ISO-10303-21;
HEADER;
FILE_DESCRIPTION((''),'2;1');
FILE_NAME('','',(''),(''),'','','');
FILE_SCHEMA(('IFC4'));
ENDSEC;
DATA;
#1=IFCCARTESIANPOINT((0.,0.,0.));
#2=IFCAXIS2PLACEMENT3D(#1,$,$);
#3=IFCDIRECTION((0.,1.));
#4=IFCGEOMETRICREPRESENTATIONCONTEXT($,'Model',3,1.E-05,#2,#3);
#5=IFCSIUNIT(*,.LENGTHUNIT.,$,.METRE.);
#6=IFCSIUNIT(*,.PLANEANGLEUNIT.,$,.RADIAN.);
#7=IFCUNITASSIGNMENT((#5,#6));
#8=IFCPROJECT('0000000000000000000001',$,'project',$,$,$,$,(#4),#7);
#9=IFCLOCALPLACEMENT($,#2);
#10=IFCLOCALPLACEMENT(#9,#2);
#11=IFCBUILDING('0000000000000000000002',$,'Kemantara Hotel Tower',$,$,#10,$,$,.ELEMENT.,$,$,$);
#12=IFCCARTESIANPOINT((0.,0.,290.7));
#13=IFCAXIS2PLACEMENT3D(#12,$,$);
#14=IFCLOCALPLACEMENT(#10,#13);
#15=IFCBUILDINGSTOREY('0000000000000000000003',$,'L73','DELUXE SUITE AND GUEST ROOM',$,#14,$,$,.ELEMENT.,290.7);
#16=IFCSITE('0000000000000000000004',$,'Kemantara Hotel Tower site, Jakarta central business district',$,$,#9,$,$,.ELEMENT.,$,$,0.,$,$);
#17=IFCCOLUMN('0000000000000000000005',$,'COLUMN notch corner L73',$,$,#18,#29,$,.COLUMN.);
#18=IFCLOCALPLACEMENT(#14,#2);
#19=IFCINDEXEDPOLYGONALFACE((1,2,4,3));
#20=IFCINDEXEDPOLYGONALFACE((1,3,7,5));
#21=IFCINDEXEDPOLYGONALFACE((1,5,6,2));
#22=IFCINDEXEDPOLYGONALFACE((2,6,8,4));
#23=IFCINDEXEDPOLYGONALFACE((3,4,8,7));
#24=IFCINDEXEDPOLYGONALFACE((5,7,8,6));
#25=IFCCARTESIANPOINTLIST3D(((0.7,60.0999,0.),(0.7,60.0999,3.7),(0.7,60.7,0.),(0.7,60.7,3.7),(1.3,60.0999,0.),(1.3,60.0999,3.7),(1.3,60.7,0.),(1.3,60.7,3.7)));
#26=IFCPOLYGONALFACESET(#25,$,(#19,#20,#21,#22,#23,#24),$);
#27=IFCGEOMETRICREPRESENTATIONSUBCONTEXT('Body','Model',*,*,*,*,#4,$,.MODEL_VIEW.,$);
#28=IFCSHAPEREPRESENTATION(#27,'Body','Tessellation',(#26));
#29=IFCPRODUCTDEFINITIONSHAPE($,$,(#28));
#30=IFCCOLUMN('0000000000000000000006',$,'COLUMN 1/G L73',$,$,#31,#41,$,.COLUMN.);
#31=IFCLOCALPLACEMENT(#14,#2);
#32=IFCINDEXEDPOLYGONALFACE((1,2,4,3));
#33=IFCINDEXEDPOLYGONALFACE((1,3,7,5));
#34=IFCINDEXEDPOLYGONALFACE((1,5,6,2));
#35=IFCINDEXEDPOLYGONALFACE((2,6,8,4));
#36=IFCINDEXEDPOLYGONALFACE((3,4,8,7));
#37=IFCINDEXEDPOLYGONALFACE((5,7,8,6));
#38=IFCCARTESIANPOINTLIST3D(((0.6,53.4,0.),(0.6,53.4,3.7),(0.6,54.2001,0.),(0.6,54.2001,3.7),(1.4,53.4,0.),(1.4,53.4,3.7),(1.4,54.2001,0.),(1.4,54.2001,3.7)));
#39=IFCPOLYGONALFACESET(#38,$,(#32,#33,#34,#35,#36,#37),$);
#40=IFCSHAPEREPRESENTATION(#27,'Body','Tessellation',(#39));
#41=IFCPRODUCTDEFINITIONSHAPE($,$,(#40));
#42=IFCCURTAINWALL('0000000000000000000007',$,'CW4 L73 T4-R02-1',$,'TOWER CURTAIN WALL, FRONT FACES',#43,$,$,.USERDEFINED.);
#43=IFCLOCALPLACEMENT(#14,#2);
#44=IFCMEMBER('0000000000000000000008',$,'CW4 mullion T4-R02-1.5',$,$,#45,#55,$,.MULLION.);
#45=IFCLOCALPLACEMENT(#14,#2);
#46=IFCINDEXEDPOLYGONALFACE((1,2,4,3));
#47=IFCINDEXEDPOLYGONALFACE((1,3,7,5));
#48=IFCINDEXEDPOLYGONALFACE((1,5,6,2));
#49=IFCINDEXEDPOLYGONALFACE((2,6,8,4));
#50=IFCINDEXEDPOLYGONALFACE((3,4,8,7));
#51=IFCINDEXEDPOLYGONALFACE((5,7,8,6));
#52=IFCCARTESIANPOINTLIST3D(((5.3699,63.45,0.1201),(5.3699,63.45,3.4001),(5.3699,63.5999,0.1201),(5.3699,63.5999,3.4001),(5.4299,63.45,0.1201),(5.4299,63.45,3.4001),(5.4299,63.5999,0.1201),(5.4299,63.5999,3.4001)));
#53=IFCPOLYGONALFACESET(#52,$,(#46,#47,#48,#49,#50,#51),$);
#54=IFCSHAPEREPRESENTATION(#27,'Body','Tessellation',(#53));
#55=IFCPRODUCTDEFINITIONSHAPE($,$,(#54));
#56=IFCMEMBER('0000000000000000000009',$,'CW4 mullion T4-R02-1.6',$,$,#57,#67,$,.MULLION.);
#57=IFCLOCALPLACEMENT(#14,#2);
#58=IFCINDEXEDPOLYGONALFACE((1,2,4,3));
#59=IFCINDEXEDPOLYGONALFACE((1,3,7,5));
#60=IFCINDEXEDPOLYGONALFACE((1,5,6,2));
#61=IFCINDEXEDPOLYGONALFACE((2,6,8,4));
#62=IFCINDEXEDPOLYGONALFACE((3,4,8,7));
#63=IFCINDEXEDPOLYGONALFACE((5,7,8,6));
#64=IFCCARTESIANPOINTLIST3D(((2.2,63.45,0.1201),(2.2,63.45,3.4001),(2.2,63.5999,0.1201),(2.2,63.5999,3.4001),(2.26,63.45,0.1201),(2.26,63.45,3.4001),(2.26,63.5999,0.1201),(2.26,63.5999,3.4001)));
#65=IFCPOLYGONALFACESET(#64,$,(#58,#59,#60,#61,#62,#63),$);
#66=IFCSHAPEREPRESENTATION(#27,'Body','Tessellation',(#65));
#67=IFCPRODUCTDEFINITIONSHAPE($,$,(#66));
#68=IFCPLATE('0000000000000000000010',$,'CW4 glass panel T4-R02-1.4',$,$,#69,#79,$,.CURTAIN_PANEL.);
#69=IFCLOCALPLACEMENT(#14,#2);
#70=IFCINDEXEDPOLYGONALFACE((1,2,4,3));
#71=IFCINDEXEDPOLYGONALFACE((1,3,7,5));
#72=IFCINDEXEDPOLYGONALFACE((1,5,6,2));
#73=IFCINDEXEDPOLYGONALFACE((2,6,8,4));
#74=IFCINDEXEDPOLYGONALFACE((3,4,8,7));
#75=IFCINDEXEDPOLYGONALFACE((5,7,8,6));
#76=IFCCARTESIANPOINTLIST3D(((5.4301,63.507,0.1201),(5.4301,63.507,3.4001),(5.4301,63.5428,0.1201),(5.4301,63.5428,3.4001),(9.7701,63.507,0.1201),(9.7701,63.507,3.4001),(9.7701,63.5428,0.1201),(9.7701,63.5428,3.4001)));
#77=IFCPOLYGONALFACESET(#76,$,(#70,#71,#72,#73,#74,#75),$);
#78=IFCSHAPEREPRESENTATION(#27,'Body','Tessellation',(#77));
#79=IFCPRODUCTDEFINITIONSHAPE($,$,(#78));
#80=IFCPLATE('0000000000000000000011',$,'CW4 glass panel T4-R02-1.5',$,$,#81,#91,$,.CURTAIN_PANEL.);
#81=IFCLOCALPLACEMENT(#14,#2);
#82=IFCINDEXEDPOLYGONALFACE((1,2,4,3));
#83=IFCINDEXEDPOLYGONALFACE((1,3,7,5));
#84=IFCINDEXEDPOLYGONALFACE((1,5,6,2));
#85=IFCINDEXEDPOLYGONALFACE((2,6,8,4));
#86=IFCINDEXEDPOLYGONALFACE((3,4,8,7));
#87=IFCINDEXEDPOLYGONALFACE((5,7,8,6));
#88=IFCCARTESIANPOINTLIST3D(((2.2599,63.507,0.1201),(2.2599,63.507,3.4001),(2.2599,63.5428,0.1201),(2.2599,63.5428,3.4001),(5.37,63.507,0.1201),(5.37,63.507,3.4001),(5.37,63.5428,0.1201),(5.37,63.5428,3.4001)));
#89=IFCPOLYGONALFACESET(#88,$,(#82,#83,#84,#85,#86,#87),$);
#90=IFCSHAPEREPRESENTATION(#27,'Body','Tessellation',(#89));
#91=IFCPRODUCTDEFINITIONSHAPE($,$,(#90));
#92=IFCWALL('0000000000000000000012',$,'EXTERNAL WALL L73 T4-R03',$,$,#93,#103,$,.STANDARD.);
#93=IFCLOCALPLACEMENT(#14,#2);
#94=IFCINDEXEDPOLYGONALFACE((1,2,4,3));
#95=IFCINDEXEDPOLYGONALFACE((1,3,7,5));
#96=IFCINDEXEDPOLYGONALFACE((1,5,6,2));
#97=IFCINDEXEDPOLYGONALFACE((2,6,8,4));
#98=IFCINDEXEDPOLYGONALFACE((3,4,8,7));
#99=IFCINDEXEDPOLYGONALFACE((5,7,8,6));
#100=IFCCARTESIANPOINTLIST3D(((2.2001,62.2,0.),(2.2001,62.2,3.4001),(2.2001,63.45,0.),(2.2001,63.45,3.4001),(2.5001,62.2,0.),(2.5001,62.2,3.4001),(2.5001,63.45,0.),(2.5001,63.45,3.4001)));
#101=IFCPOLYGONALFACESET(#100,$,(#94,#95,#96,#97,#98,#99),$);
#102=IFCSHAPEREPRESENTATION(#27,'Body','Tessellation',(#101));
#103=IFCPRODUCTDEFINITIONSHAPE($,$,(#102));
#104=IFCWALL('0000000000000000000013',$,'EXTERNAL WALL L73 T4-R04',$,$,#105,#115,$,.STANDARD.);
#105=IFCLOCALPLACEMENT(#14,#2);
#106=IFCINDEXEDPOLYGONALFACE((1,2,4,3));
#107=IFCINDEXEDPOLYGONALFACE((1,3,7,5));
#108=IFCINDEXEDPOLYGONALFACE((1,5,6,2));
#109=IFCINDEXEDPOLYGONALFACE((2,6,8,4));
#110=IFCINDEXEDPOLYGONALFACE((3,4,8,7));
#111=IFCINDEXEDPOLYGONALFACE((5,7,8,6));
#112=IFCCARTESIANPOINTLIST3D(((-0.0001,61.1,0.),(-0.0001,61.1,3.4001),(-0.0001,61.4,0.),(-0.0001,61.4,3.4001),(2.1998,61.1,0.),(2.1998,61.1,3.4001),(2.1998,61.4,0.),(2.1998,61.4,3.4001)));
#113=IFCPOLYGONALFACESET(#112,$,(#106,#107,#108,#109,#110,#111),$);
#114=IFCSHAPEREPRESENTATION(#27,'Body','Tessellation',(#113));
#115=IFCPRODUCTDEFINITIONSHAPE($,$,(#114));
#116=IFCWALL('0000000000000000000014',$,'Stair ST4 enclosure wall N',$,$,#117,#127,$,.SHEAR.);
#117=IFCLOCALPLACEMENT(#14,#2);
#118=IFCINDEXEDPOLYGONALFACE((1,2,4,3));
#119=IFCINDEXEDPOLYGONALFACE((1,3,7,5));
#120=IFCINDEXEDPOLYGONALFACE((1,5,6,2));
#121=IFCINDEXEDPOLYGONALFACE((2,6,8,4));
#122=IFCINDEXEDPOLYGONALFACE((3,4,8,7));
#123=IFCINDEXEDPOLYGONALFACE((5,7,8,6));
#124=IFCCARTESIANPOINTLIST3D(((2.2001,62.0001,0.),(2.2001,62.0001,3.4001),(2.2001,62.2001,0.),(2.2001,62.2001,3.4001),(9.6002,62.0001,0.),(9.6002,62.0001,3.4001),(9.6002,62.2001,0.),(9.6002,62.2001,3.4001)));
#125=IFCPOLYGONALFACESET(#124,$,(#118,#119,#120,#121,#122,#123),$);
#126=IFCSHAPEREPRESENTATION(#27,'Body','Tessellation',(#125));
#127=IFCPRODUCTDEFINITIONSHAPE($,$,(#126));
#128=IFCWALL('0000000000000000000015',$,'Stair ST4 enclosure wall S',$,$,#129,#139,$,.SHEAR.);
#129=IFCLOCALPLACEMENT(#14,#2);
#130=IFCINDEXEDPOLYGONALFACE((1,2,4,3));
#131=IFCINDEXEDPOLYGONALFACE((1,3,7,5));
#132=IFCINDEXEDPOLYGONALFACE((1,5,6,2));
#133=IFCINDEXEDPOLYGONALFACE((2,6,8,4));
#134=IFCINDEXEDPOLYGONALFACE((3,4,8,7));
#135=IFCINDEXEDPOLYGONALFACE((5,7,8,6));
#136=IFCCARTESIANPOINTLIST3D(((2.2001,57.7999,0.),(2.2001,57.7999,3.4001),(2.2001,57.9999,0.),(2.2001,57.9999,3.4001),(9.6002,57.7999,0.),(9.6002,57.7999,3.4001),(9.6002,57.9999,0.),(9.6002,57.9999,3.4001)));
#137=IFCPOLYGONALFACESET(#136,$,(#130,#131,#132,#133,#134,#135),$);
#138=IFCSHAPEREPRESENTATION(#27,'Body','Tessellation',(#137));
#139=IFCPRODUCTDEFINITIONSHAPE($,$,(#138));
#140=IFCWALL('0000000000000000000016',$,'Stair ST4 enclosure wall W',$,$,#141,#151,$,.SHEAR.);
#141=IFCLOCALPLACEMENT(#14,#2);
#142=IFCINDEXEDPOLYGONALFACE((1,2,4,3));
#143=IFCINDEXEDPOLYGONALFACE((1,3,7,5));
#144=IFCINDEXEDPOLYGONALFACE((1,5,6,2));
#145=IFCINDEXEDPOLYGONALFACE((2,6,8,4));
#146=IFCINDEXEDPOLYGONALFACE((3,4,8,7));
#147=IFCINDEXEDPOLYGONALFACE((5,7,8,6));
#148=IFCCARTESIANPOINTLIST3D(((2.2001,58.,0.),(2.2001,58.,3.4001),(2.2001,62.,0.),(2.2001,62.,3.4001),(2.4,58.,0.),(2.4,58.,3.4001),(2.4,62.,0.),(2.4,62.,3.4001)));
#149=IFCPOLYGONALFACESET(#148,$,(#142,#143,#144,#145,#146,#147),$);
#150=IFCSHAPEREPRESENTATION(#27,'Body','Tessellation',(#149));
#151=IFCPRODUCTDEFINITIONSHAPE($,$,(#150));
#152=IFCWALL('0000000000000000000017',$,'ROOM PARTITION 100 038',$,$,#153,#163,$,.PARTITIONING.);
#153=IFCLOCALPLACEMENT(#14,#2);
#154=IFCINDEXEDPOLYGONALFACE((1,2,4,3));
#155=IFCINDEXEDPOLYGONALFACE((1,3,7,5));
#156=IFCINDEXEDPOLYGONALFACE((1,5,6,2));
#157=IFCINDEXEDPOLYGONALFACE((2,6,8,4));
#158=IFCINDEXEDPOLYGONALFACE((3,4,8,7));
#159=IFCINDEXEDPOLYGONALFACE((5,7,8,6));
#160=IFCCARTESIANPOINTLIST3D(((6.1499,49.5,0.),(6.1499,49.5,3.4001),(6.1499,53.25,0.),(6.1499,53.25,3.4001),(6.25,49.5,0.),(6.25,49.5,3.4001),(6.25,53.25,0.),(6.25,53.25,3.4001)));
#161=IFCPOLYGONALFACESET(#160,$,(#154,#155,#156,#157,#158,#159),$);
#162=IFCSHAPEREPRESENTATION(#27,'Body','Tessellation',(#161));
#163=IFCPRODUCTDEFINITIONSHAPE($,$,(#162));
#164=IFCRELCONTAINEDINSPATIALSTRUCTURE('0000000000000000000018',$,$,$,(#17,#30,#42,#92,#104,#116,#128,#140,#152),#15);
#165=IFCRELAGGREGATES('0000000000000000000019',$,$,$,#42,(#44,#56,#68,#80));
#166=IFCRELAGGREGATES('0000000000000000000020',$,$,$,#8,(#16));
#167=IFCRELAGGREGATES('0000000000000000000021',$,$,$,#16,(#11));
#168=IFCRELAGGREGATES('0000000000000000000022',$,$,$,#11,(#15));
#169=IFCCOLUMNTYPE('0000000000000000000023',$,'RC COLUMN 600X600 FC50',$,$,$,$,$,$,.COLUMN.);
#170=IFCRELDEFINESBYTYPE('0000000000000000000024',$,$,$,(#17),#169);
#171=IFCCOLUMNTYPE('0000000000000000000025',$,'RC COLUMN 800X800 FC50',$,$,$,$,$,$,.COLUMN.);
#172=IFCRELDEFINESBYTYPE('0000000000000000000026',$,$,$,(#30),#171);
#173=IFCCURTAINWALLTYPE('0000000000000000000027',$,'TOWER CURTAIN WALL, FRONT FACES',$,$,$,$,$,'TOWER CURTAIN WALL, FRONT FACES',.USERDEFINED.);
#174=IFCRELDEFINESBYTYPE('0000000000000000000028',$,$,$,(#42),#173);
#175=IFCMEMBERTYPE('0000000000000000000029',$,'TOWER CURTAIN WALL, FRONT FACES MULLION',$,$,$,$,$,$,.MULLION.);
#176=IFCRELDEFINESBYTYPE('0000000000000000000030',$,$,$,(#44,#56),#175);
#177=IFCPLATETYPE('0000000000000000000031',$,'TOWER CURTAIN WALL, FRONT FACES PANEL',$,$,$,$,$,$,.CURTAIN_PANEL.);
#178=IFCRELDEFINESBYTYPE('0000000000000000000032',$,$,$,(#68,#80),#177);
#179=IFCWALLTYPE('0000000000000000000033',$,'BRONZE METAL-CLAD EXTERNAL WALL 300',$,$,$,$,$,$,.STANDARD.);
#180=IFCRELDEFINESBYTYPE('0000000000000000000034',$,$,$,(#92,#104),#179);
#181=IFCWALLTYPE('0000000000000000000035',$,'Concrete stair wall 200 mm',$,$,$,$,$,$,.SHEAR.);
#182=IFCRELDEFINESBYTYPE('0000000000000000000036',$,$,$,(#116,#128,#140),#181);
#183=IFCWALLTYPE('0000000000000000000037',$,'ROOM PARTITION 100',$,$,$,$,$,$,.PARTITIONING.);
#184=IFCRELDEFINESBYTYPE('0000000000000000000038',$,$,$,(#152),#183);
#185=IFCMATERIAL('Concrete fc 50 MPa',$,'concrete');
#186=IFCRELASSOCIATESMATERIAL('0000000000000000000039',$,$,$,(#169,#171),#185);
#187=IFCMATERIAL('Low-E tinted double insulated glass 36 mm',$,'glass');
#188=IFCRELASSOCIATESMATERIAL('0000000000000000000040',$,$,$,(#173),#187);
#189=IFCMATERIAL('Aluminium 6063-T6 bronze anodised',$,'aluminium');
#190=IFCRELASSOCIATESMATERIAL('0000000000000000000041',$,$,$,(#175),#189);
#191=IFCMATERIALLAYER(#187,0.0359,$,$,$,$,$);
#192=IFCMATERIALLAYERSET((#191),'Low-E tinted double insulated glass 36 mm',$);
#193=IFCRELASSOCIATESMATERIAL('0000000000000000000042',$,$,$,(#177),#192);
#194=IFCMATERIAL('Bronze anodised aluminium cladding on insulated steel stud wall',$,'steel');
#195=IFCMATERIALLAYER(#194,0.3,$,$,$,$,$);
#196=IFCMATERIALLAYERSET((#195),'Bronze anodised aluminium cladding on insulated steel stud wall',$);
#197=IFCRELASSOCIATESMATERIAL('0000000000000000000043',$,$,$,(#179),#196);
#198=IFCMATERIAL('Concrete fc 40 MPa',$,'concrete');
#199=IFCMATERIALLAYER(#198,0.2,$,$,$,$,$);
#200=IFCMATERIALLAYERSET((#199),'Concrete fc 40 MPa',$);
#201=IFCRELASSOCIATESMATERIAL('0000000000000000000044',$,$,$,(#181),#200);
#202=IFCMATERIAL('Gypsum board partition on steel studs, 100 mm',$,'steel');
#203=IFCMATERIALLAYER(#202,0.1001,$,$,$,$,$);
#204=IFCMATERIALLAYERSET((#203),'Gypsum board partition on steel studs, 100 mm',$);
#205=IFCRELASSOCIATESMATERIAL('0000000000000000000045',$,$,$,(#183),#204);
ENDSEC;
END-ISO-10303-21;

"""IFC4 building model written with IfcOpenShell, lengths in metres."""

from ifc_helpers import new_model, si_unit, direction, frame, frame_2d, origin, origin_2d, place, context, subcontext, project, spatial, rectangle, extrude, source, transform, mapped, material, layer, layer_set, material_profile, profile_set, type_object, element, aggregate, save


model = new_model("IFC4")

# Units and contexts
model_context = context("Model", 3, precision=1e-05, world=origin(), true_north=direction((0.0, 1.0)))
body_context = subcontext(model_context, "Body", "Model", "MODEL_VIEW")
ifc_project = project(units=[si_unit("LENGTHUNIT", "METRE"), si_unit("PLANEANGLEUNIT", "RADIAN")], contexts=[model_context])

# Site, building, storey
site_placement = place(None, origin())
site = spatial("IfcSite", under=ifc_project, at=site_placement, Name="Kemantara Hotel Tower site, Jakarta central business district", CompositionType="ELEMENT", RefElevation=0.0)
building_placement = place(site_placement, origin())
building = spatial("IfcBuilding", under=site, at=building_placement, Name="Kemantara Hotel Tower", CompositionType="ELEMENT")
storey_placement = place(building_placement, frame((0.0, 0.0, 290.7)))
storey = spatial("IfcBuildingStorey", under=building, at=storey_placement, Name="L73", Description="DELUXE SUITE AND GUEST ROOM", CompositionType="ELEMENT", Elevation=290.7)

# Columns
ifc_material_1 = material(Name="Concrete fc 50 MPa", Category="concrete")
ifc_material_profile_1 = material_profile(ifc_material_1, rectangle(XDim=0.6001, YDim=0.6001, at=origin_2d()), Name="RC 600X600")
ifc_profile_set_1 = profile_set([ifc_material_profile_1], Name="Concrete fc 50 MPa")
column_type_1 = type_object("IfcColumnType", Name="RC COLUMN 600X600 FC50", PredefinedType="COLUMN", material=ifc_profile_set_1)
column_1_placement = place(storey_placement, frame((1.0, 60.3999, 0.0), z_axis=(0.0, 0.0, 1.0), x_axis=(1.0, 0.0, 0.0)))
element("IfcColumn", 1, at=column_1_placement, inside=storey, type_object=column_type_1, Name="COLUMN notch corner L73", PredefinedType="COLUMN", context=body_context, shape_type="SweptSolid", body=[
    extrude(rectangle(XDim=0.6001, YDim=0.6001, at=origin_2d()), origin(), (0.0, 0.0, 1.0), 3.7),
])
ifc_material_profile_2 = material_profile(ifc_material_1, rectangle(XDim=0.8, YDim=0.8, at=origin_2d()), Name="RC 800X800")
ifc_profile_set_2 = profile_set([ifc_material_profile_2], Name="Concrete fc 50 MPa")
column_type_2 = type_object("IfcColumnType", Name="RC COLUMN 800X800 FC50", PredefinedType="COLUMN", material=ifc_profile_set_2)
column_2_placement = place(storey_placement, frame((1.0, 53.8, 0.0), z_axis=(0.0, 0.0, 1.0), x_axis=(1.0, 0.0, 0.0)))
element("IfcColumn", 2, at=column_2_placement, inside=storey, type_object=column_type_2, Name="COLUMN 1/G L73", PredefinedType="COLUMN", context=body_context, shape_type="SweptSolid", body=[
    extrude(rectangle(XDim=0.8, YDim=0.8, at=origin_2d()), origin(), (0.0, 0.0, 1.0), 3.7),
])

# Curtain wall, members, plates
ifc_material_2 = material(Name="Low-E tinted double insulated glass 36 mm", Category="glass")
curtain_wall_type = type_object("IfcCurtainWallType", Name="TOWER CURTAIN WALL, FRONT FACES", ElementType="TOWER CURTAIN WALL, FRONT FACES", PredefinedType="USERDEFINED", material=ifc_material_2)
curtain_wall_placement = place(storey_placement, origin())
curtain_wall = element("IfcCurtainWall", 3, at=curtain_wall_placement, inside=storey, type_object=curtain_wall_type, Name="CW4 L73 T4-R02-1", ObjectType="TOWER CURTAIN WALL, FRONT FACES", PredefinedType="USERDEFINED")
ifc_material_3 = material(Name="Aluminium 6063-T6 bronze anodised", Category="aluminium")
ifc_material_profile_3 = material_profile(ifc_material_3, rectangle(XDim=0.1499, YDim=0.0601, at=origin_2d()), Name="TOWER CURTAIN WALL, FRONT FACES MULLION")
ifc_profile_set_3 = profile_set([ifc_material_profile_3], Name="Aluminium 6063-T6 bronze anodised")
member_type = type_object("IfcMemberType", Name="TOWER CURTAIN WALL, FRONT FACES MULLION", PredefinedType="MULLION", material=ifc_profile_set_3)
shared_shape_1 = source(origin(), body_context, "Body", "SweptSolid", [
    extrude(rectangle(XDim=0.1499, YDim=0.0601, at=origin_2d()), origin(), (0.0, 0.0, 1.0), 3.28),
])
member_1_placement = place(storey_placement, frame((5.3999, 63.5249, 0.1201), z_axis=(0.0, 0.0, 1.0), x_axis=(0.0, -1.0, 0.0)))
member_1 = element("IfcMember", 4, at=member_1_placement, type_object=member_type, Name="CW4 mullion T4-R02-1.5", PredefinedType="MULLION", context=body_context, shape_type="MappedRepresentation", body=[
    mapped(shared_shape_1, transform((0.0, 0.0, 0.0))),
])
member_2_placement = place(storey_placement, frame((2.23, 63.5249, 0.1201), z_axis=(0.0, 0.0, 1.0), x_axis=(0.0, -1.0, 0.0)))
member_2 = element("IfcMember", 5, at=member_2_placement, type_object=member_type, Name="CW4 mullion T4-R02-1.6", PredefinedType="MULLION", context=body_context, shape_type="MappedRepresentation", body=[
    mapped(shared_shape_1, transform((0.0, 0.0, 0.0))),
])
ifc_layer_1 = layer(ifc_material_2, 0.0359)
ifc_layer_set_1 = layer_set([ifc_layer_1], Name="Low-E tinted double insulated glass 36 mm")
plate_type = type_object("IfcPlateType", Name="TOWER CURTAIN WALL, FRONT FACES PANEL", PredefinedType="CURTAIN_PANEL", material=ifc_layer_set_1)
shared_shape_2 = source(origin(), body_context, "Body", "SweptSolid", [
    extrude(rectangle(XDim=4.3401, YDim=0.0359, at=origin_2d()), origin(), (0.0, 0.0, 1.0), 3.28),
])
plate_1_placement = place(storey_placement, frame((7.6001, 63.5249, 0.1201), z_axis=(0.0, 0.0, 1.0), x_axis=(-1.0, 0.0, 0.0)))
plate_1 = element("IfcPlate", 6, at=plate_1_placement, type_object=plate_type, Name="CW4 glass panel T4-R02-1.4", PredefinedType="CURTAIN_PANEL", context=body_context, shape_type="MappedRepresentation", body=[
    mapped(shared_shape_2, transform((0.0, 0.0, 0.0))),
])
shared_shape_3 = source(origin(), body_context, "Body", "SweptSolid", [
    extrude(rectangle(XDim=3.1101, YDim=0.0359, at=origin_2d()), origin(), (0.0, 0.0, 1.0), 3.28),
])
plate_2_placement = place(storey_placement, frame((3.8149, 63.5249, 0.1201), z_axis=(0.0, 0.0, 1.0), x_axis=(-1.0, 0.0, 0.0)))
plate_2 = element("IfcPlate", 7, at=plate_2_placement, type_object=plate_type, Name="CW4 glass panel T4-R02-1.5", PredefinedType="CURTAIN_PANEL", context=body_context, shape_type="MappedRepresentation", body=[
    mapped(shared_shape_3, transform((0.0, 0.0, 0.0))),
])
aggregate(curtain_wall, [member_1, member_2, plate_1, plate_2])

# Walls
ifc_material_4 = material(Name="Bronze anodised aluminium cladding on insulated steel stud wall", Category="steel")
ifc_layer_2 = layer(ifc_material_4, 0.3)
ifc_layer_set_2 = layer_set([ifc_layer_2], Name="Bronze anodised aluminium cladding on insulated steel stud wall")
wall_type_1 = type_object("IfcWallType", Name="BRONZE METAL-CLAD EXTERNAL WALL 300", PredefinedType="STANDARD", material=ifc_layer_set_2)
wall_1_placement = place(storey_placement, frame((2.3501, 63.45, 0.0), z_axis=(0.0, 0.0, 1.0), x_axis=(0.0, -1.0, 0.0)))
element("IfcWall", 8, at=wall_1_placement, inside=storey, type_object=wall_type_1, Name="EXTERNAL WALL L73 T4-R03", PredefinedType="STANDARD", context=body_context, shape_type="SweptSolid", body=[
    extrude(rectangle(XDim=1.25, YDim=0.3, at=frame_2d((0.625, 0.0))), origin(), (0.0, 0.0, 1.0), 3.4001),
])
wall_2_placement = place(storey_placement, frame((2.2, 61.25, 0.0), z_axis=(0.0, 0.0, 1.0), x_axis=(-1.0, 0.0, 0.0)))
element("IfcWall", 9, at=wall_2_placement, inside=storey, type_object=wall_type_1, Name="EXTERNAL WALL L73 T4-R04", PredefinedType="STANDARD", context=body_context, shape_type="SweptSolid", body=[
    extrude(rectangle(XDim=2.2, YDim=0.3, at=frame_2d((1.1001, 0.0))), origin(), (0.0, 0.0, 1.0), 3.4001),
])

# Walls
ifc_material_5 = material(Name="Concrete fc 40 MPa", Category="concrete")
ifc_layer_3 = layer(ifc_material_5, 0.2)
ifc_layer_set_3 = layer_set([ifc_layer_3], Name="Concrete fc 40 MPa")
wall_type_2 = type_object("IfcWallType", Name="Concrete stair wall 200 mm", PredefinedType="SHEAR", material=ifc_layer_set_3)
for number, where, z_axis, x_axis, name in (
    (10, (2.2, 62.1001, 0.0), (0.0, 0.0, 1.0), (1.0, 0.0, 0.0), "Stair ST4 enclosure wall N"),
    (11, (2.2, 57.8999, 0.0), (0.0, 0.0, 1.0), (1.0, 0.0, 0.0), "Stair ST4 enclosure wall S"),
):
    element("IfcWall", number, at=place(storey_placement, frame(where, z_axis=z_axis, x_axis=x_axis)), inside=storey, type_object=wall_type_2, Name=name, PredefinedType="SHEAR", context=body_context, shape_type="SweptSolid", body=[
        extrude(rectangle(XDim=7.4001, YDim=0.2, at=frame_2d((3.7002, 0.0))), origin(), (0.0, 0.0, 1.0), 3.4001),
    ])
wall_3_placement = place(storey_placement, frame((2.3, 58.0, 0.0), z_axis=(0.0, 0.0, 1.0), x_axis=(0.0, 1.0, 0.0)))
element("IfcWall", 12, at=wall_3_placement, inside=storey, type_object=wall_type_2, Name="Stair ST4 enclosure wall W", PredefinedType="SHEAR", context=body_context, shape_type="SweptSolid", body=[
    extrude(rectangle(XDim=4.0, YDim=0.2, at=frame_2d((2.0, 0.0))), origin(), (0.0, 0.0, 1.0), 3.4001),
])
ifc_material_6 = material(Name="Gypsum board partition on steel studs, 100 mm", Category="steel")
ifc_layer_4 = layer(ifc_material_6, 0.1001)
ifc_layer_set_4 = layer_set([ifc_layer_4], Name="Gypsum board partition on steel studs, 100 mm")
wall_type_3 = type_object("IfcWallType", Name="ROOM PARTITION 100", PredefinedType="PARTITIONING", material=ifc_layer_set_4)
wall_4_placement = place(storey_placement, frame((6.2, 49.5, 0.0), z_axis=(0.0, 0.0, 1.0), x_axis=(0.0, 1.0, 0.0)))
element("IfcWall", 13, at=wall_4_placement, inside=storey, type_object=wall_type_3, Name="ROOM PARTITION 100 038", PredefinedType="PARTITIONING", context=body_context, shape_type="SweptSolid", body=[
    extrude(rectangle(XDim=3.75, YDim=0.1001, at=frame_2d((1.875, 0.0))), origin(), (0.0, 0.0, 1.0), 3.4001),
])

save(model, "model.ifc")
